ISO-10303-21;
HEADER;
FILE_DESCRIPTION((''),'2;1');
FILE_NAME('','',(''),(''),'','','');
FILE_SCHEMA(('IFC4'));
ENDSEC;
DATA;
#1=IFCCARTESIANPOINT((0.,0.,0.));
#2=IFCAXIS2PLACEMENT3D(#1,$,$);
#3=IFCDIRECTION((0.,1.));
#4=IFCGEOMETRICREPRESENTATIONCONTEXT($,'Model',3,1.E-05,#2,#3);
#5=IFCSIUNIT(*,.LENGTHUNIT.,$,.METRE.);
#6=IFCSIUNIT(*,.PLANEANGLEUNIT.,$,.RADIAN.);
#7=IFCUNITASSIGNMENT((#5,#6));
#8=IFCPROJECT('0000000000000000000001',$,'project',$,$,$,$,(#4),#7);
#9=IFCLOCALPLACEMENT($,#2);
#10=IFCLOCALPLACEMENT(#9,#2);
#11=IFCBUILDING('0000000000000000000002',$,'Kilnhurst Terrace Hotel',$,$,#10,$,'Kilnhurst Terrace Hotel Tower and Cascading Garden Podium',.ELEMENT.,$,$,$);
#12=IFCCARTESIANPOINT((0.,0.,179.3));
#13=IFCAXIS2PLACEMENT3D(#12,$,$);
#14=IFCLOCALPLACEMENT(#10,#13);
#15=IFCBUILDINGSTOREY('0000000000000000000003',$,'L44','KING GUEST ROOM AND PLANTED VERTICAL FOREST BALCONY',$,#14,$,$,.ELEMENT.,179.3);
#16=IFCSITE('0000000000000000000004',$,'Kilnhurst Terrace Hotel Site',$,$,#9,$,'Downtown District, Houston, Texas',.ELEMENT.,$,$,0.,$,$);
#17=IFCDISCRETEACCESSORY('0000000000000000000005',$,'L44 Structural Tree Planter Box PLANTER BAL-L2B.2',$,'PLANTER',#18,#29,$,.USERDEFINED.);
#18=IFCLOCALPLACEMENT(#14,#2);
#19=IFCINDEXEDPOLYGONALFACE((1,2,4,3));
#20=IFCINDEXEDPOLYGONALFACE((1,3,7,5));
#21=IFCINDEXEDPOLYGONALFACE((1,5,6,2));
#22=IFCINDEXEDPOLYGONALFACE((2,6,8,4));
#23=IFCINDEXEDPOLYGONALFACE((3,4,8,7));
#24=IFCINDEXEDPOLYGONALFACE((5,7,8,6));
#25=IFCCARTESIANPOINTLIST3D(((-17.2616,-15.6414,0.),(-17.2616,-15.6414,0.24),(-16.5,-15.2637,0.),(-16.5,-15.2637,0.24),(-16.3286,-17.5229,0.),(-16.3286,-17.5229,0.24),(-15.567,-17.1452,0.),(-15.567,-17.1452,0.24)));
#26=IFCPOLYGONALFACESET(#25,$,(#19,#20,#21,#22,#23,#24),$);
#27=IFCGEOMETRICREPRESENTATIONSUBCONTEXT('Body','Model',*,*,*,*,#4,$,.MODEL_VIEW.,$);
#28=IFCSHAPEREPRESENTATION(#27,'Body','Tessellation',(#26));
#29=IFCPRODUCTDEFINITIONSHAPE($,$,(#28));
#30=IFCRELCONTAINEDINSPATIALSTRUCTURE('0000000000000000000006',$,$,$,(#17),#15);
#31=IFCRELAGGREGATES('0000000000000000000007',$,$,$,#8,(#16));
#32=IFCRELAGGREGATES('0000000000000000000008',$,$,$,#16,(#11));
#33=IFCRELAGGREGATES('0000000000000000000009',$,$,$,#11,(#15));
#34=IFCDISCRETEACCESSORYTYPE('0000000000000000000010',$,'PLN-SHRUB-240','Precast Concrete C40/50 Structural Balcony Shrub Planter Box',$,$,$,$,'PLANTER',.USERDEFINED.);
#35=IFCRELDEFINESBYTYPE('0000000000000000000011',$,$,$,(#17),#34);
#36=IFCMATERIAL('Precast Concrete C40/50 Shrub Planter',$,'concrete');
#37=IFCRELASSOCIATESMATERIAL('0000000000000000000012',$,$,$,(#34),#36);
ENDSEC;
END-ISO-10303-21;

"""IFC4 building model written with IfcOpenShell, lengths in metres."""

from ifc_helpers import new_model, si_unit, direction, frame, origin, origin_2d, place, context, subcontext, project, spatial, rectangle, extrude, material, type_object, element, save


model = new_model("IFC4")

# Units and contexts
model_context = context("Model", 3, precision=1e-05, world=origin(), true_north=direction((0.0, 1.0)))
body_context = subcontext(model_context, "Body", "Model", "MODEL_VIEW")
ifc_project = project(units=[si_unit("LENGTHUNIT", "METRE"), si_unit("PLANEANGLEUNIT", "RADIAN")], contexts=[model_context])

# Site, building, storey
site_placement = place(None, origin())
site = spatial("IfcSite", under=ifc_project, at=site_placement, Name="Kilnhurst Terrace Hotel Site", LongName="Downtown District, Houston, Texas", CompositionType="ELEMENT", RefElevation=0.0)
building_placement = place(site_placement, origin())
building = spatial("IfcBuilding", under=site, at=building_placement, Name="Kilnhurst Terrace Hotel", LongName="Kilnhurst Terrace Hotel Tower and Cascading Garden Podium", CompositionType="ELEMENT")
storey_placement = place(building_placement, frame((0.0, 0.0, 179.3)))
storey = spatial("IfcBuildingStorey", under=building, at=storey_placement, Name="L44", Description="KING GUEST ROOM AND PLANTED VERTICAL FOREST BALCONY", CompositionType="ELEMENT", Elevation=179.3)

# Discrete accessory
ifc_material_1 = material(Name="Precast Concrete C40/50 Shrub Planter", Category="concrete")
discrete_accessory_type = type_object("IfcDiscreteAccessoryType", Name="PLN-SHRUB-240", Description="Precast Concrete C40/50 Structural Balcony Shrub Planter Box", ElementType="PLANTER", PredefinedType="USERDEFINED", material=ifc_material_1)
discrete_accessory_placement = place(storey_placement, frame((-16.4143, -16.3933, 0.0), z_axis=(0.0, 0.0, 1.0), x_axis=(0.444244, -0.895906, 0.0)))
element("IfcDiscreteAccessory", 1, at=discrete_accessory_placement, inside=storey, type_object=discrete_accessory_type, Name="L44 Structural Tree Planter Box PLANTER BAL-L2B.2", ObjectType="PLANTER", PredefinedType="USERDEFINED", context=body_context, shape_type="SweptSolid", body=[
    extrude(rectangle(XDim=2.1001, YDim=0.8501, at=origin_2d()), origin(), (0.0, 0.0, 1.0), 0.24),
])

save(model, "model.ifc")
